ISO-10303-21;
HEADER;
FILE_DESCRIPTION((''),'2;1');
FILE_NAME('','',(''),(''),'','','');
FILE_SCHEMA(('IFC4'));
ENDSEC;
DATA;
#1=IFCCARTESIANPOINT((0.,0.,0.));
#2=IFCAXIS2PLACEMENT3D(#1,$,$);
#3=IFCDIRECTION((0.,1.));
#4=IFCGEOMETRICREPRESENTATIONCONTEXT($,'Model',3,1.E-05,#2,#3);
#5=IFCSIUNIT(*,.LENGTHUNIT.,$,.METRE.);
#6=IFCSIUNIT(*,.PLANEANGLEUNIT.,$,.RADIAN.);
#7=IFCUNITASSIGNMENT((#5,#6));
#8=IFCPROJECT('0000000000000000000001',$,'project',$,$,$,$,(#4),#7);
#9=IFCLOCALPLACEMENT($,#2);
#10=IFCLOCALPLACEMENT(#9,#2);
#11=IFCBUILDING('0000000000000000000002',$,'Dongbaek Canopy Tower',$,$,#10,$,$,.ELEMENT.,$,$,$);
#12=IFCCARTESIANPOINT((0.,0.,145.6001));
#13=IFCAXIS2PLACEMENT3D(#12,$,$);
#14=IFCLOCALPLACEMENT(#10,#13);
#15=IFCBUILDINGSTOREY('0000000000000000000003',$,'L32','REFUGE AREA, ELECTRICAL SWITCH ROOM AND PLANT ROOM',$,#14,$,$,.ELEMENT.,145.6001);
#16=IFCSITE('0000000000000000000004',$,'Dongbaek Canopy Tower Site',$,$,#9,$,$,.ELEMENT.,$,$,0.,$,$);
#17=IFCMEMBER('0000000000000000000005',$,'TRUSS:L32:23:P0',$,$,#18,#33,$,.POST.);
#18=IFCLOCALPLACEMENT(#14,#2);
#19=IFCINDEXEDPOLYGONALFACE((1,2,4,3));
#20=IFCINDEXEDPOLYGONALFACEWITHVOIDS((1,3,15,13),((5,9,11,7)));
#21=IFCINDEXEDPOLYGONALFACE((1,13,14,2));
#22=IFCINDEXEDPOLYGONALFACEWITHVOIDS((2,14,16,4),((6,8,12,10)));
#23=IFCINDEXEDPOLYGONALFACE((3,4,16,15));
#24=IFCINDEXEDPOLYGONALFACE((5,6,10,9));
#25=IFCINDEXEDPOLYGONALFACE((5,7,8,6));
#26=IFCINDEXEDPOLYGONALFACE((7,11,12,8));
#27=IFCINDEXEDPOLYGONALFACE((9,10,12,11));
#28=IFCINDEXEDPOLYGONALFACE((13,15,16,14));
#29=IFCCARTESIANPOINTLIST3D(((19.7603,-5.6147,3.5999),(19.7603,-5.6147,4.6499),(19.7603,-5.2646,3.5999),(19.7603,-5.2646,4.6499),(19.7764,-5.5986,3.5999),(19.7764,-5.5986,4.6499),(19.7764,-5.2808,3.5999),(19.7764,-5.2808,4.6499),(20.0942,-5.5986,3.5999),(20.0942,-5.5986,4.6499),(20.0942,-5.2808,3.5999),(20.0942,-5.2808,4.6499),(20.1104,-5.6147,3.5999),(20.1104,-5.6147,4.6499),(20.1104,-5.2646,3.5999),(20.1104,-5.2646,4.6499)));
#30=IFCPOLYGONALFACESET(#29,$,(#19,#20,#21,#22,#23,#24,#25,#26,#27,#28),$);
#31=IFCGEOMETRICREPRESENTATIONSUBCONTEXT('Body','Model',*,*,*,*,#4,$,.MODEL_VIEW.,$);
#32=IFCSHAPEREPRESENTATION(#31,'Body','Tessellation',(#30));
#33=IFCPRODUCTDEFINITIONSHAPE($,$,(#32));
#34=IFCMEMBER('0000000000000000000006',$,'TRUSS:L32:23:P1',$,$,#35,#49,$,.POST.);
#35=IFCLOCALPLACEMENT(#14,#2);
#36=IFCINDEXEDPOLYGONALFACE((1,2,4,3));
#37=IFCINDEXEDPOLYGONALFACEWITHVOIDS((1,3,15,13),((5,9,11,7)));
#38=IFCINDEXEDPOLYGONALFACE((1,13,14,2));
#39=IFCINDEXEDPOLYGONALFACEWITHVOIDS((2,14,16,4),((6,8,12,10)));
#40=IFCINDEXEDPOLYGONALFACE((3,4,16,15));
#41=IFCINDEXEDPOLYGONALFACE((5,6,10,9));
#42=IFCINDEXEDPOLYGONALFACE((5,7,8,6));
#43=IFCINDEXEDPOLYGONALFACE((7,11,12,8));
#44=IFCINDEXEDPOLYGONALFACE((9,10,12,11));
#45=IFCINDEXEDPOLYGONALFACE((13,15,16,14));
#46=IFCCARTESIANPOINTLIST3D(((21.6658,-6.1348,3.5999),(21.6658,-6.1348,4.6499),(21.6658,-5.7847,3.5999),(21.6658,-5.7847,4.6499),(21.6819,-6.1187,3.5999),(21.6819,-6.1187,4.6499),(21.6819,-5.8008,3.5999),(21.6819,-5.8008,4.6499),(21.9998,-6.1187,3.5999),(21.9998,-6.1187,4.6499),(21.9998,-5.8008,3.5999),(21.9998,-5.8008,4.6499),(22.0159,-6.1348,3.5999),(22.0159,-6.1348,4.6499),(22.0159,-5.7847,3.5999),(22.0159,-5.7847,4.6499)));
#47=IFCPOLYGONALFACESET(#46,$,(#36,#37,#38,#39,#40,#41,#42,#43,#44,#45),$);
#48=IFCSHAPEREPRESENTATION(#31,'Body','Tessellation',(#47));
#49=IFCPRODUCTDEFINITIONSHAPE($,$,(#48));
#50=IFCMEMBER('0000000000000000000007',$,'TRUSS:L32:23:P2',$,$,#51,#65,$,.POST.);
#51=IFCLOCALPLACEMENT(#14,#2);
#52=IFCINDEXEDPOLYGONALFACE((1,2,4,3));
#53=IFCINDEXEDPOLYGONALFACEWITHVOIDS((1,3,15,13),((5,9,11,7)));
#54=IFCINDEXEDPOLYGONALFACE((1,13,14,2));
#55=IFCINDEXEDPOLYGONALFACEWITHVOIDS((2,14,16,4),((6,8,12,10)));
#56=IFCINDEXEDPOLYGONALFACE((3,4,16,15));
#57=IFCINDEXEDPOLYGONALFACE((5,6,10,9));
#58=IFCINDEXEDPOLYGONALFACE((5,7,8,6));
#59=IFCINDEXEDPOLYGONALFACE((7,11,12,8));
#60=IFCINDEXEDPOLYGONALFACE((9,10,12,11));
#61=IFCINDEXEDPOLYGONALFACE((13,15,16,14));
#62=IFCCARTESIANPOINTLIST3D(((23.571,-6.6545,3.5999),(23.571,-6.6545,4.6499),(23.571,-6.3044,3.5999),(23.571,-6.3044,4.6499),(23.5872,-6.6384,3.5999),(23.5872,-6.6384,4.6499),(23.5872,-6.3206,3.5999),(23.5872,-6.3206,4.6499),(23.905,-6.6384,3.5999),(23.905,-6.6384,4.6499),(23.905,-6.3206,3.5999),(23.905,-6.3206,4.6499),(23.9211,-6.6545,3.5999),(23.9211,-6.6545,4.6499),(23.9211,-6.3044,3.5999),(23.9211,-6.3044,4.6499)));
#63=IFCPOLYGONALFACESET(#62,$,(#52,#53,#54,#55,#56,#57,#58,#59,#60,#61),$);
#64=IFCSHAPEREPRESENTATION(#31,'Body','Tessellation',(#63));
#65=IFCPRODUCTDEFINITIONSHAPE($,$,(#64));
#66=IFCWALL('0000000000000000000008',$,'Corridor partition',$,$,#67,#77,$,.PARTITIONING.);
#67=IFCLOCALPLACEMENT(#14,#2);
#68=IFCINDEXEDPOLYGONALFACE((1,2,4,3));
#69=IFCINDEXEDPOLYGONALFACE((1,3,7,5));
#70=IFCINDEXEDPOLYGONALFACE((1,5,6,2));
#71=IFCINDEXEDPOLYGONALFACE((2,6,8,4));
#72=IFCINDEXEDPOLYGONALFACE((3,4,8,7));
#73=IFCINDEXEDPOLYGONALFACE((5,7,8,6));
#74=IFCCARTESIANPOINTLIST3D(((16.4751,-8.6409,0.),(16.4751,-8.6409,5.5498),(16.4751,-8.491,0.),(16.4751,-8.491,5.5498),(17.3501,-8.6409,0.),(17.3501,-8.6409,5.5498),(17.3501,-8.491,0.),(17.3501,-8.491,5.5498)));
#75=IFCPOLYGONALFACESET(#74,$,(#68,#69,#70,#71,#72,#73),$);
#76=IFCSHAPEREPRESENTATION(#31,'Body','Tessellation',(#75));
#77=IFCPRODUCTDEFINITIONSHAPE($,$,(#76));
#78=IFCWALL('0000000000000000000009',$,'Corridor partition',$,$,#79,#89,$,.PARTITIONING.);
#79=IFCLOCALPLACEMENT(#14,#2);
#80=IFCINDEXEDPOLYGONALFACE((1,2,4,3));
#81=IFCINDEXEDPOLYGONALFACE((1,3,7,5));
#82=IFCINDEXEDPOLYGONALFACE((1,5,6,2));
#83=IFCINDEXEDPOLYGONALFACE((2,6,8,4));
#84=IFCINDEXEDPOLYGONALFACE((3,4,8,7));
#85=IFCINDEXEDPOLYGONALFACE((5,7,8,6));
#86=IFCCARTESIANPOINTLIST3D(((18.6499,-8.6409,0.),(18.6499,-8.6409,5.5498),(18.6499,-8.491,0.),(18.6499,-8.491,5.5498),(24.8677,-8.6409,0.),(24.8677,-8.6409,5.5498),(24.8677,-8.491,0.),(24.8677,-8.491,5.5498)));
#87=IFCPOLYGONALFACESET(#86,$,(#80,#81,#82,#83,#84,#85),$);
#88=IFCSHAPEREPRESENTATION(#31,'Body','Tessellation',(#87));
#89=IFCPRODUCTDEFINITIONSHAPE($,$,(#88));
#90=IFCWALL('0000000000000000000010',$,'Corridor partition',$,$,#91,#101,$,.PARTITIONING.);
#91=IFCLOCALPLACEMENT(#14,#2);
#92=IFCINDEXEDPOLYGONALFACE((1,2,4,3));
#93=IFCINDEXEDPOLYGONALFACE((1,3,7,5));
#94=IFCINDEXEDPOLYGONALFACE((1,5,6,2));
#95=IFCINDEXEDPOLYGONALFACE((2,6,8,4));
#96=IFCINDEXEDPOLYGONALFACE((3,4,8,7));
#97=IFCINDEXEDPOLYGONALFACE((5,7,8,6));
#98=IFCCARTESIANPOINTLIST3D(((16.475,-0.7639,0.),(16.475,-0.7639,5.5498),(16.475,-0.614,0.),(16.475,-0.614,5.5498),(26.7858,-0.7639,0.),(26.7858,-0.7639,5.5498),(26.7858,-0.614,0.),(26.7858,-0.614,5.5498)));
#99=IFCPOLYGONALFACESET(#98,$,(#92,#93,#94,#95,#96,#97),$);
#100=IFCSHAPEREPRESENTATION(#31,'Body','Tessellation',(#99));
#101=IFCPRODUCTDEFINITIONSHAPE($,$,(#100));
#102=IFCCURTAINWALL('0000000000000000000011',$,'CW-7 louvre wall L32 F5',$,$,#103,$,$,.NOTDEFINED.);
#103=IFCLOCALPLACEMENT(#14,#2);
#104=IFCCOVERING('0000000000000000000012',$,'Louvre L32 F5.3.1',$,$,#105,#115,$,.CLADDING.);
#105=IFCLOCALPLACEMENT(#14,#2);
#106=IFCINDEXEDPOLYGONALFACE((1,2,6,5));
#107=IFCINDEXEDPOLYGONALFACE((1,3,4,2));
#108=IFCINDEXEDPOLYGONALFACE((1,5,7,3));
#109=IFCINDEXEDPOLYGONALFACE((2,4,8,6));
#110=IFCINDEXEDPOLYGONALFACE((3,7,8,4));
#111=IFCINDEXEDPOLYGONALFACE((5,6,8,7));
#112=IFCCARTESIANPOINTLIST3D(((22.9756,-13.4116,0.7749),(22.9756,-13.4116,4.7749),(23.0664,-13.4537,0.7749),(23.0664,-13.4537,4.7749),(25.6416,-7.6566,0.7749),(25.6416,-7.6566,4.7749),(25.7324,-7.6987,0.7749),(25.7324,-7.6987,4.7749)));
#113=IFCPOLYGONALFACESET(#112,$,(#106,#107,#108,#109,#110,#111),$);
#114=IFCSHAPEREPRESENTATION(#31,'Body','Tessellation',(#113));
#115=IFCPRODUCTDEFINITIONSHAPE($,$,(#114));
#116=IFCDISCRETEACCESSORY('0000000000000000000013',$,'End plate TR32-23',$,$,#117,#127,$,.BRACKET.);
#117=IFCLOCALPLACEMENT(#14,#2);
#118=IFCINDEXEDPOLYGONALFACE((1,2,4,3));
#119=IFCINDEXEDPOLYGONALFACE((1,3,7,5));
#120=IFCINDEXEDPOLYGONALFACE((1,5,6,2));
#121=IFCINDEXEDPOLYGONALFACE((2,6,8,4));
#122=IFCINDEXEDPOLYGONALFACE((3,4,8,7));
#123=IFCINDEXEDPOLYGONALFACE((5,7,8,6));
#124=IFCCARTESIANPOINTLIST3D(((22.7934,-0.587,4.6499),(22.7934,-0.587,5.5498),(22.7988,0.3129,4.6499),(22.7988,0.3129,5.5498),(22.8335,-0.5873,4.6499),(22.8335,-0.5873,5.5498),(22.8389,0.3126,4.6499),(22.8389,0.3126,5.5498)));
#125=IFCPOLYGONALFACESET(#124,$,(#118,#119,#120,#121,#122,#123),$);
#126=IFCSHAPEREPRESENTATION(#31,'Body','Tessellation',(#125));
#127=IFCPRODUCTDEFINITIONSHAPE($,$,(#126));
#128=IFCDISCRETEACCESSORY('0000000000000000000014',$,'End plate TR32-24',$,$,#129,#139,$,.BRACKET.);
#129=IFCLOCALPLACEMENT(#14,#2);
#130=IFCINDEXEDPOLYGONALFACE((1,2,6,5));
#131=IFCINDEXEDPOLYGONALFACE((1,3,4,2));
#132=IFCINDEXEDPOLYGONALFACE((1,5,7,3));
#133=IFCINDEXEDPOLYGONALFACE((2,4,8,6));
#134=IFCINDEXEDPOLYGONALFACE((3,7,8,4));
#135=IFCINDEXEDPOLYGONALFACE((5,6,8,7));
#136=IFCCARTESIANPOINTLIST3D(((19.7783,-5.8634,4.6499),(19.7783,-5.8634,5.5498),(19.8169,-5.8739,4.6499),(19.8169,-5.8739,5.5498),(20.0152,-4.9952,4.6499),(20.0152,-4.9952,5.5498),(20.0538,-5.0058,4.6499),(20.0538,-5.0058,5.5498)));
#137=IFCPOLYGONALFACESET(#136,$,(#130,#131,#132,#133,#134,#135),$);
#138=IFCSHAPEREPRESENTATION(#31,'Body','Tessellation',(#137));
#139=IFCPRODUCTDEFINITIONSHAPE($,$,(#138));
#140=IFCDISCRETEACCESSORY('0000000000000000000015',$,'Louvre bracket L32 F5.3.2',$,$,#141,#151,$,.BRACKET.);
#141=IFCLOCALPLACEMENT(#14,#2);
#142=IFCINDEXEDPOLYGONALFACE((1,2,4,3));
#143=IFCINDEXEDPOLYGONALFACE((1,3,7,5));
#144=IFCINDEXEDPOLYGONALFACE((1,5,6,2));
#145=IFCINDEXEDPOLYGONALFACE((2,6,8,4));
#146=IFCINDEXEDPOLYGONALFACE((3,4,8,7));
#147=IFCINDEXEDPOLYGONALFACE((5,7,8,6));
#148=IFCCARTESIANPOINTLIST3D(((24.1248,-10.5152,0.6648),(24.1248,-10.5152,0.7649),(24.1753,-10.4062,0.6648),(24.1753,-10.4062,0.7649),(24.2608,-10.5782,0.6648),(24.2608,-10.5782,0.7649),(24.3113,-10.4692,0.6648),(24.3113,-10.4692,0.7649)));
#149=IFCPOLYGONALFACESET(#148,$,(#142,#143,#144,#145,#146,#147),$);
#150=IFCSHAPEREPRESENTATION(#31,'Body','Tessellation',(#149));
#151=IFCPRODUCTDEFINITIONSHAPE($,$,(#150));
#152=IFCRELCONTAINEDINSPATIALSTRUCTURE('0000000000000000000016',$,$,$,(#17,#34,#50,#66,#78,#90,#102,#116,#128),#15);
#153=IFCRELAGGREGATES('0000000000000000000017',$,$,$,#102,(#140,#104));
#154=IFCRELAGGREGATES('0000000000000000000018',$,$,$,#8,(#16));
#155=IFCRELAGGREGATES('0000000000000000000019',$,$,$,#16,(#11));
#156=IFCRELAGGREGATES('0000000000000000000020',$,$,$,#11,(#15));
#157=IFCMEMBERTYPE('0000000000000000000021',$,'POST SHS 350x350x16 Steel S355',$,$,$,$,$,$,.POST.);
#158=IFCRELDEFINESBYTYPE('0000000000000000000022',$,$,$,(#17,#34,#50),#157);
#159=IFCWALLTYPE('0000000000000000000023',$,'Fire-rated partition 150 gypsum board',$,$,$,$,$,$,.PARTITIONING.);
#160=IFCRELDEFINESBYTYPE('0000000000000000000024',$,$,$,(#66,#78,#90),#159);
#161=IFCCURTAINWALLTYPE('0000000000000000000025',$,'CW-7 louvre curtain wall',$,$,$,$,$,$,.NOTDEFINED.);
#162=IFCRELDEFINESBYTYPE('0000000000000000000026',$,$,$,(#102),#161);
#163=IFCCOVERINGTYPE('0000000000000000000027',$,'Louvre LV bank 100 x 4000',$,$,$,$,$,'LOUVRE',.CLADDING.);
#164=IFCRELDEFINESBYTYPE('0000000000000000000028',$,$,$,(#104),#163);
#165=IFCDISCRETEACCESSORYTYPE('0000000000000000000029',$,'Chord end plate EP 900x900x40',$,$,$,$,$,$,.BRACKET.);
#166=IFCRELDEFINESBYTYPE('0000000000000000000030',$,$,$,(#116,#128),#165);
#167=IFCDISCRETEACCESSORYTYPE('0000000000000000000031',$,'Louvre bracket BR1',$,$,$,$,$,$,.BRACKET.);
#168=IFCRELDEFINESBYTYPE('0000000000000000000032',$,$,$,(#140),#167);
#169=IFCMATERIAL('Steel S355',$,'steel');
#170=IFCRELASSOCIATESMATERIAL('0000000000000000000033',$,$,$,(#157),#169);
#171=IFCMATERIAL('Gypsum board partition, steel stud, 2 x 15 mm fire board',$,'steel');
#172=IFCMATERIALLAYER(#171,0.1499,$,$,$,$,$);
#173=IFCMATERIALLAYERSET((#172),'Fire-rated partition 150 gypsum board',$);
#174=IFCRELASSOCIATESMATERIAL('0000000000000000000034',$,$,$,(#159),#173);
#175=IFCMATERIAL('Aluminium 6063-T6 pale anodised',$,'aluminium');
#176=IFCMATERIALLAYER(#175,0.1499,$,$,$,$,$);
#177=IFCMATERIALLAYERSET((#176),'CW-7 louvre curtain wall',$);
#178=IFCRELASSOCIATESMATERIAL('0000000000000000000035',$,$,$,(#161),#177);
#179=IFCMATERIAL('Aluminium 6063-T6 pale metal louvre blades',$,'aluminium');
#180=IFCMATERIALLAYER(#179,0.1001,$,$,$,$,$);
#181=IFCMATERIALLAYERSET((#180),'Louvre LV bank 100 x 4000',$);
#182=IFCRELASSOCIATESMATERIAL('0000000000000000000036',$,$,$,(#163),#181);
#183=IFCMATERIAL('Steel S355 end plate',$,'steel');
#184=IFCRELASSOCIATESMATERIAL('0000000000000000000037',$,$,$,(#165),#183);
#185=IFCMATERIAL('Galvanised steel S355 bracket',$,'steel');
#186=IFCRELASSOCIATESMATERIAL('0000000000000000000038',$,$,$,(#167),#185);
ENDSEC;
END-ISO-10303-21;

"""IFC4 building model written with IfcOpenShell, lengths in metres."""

from ifc_helpers import new_model, si_unit, direction, frame, frame_2d, origin, origin_2d, place, context, subcontext, project, spatial, rectangle, hollow_rectangle, extrude, material, layer, layer_set, material_profile, profile_set, type_object, element, aggregate, save


model = new_model("IFC4")

# Units and contexts
model_context = context("Model", 3, precision=1e-05, world=origin(), true_north=direction((0.0, 1.0)))
body_context = subcontext(model_context, "Body", "Model", "MODEL_VIEW")
ifc_project = project(units=[si_unit("LENGTHUNIT", "METRE"), si_unit("PLANEANGLEUNIT", "RADIAN")], contexts=[model_context])

# Site, building, storey
site_placement = place(None, origin())
site = spatial("IfcSite", under=ifc_project, at=site_placement, Name="Dongbaek Canopy Tower Site", CompositionType="ELEMENT", RefElevation=0.0)
building_placement = place(site_placement, origin())
building = spatial("IfcBuilding", under=site, at=building_placement, Name="Dongbaek Canopy Tower", CompositionType="ELEMENT")
storey_placement = place(building_placement, frame((0.0, 0.0, 145.6001)))
storey = spatial("IfcBuildingStorey", under=building, at=storey_placement, Name="L32", Description="REFUGE AREA, ELECTRICAL SWITCH ROOM AND PLANT ROOM", CompositionType="ELEMENT", Elevation=145.6001)

# Members
ifc_material_1 = material(Name="Steel S355", Category="steel")
ifc_material_profile_1 = material_profile(ifc_material_1, hollow_rectangle(XDim=0.3501, YDim=0.3501, WallThickness=0.0161, at=origin_2d()), Name="POST SHS 350x350x16 Steel S355")
ifc_profile_set_1 = profile_set([ifc_material_profile_1], Name="Steel S355")
member_type_1 = type_object("IfcMemberType", Name="POST SHS 350x350x16 Steel S355", PredefinedType="POST", material=ifc_profile_set_1)
for number, where, z_axis, x_axis, name in (
    (1, (19.9353, -5.4397, 3.5999), (0.0, 0.0, 1.0), (1.0, 0.0, 0.0), "TRUSS:L32:23:P0"),
    (2, (21.8408, -5.9597, 3.5999), (0.0, 0.0, 1.0), (1.0, 0.0, 0.0), "TRUSS:L32:23:P1"),
    (3, (23.7461, -6.4795, 3.5999), (0.0, 0.0, 1.0), (1.0, 0.0, 0.0), "TRUSS:L32:23:P2"),
):
    element("IfcMember", number, at=place(storey_placement, frame(where, z_axis=z_axis, x_axis=x_axis)), inside=storey, type_object=member_type_1, Name=name, PredefinedType="POST", context=body_context, shape_type="SweptSolid", body=[
        extrude(hollow_rectangle(XDim=0.3501, YDim=0.3501, WallThickness=0.0161, at=origin_2d()), origin(), (0.0, 0.0, 1.0), 1.05),
    ])

# Walls
ifc_material_2 = material(Name="Gypsum board partition, steel stud, 2 x 15 mm fire board", Category="steel")
ifc_layer_1 = layer(ifc_material_2, 0.1499)
ifc_layer_set_1 = layer_set([ifc_layer_1], Name="Fire-rated partition 150 gypsum board")
wall_type = type_object("IfcWallType", Name="Fire-rated partition 150 gypsum board", PredefinedType="PARTITIONING", material=ifc_layer_set_1)
wall_1_placement = place(storey_placement, frame((16.4751, -8.5659, 0.0), z_axis=(0.0, 0.0, 1.0), x_axis=(1.0, 0.0, 0.0)))
element("IfcWall", 4, at=wall_1_placement, inside=storey, type_object=wall_type, Name="Corridor partition", PredefinedType="PARTITIONING", context=body_context, shape_type="SweptSolid", body=[
    extrude(rectangle(XDim=0.875, YDim=0.1499, at=frame_2d((0.4375, 0.0))), origin(), (0.0, 0.0, 1.0), 5.5498),
])
wall_2_placement = place(storey_placement, frame((18.6499, -8.5659, 0.0), z_axis=(0.0, 0.0, 1.0), x_axis=(1.0, 0.0, 0.0)))
element("IfcWall", 5, at=wall_2_placement, inside=storey, type_object=wall_type, Name="Corridor partition", PredefinedType="PARTITIONING", context=body_context, shape_type="SweptSolid", body=[
    extrude(rectangle(XDim=6.2178, YDim=0.1499, at=frame_2d((3.1089, 0.0))), origin(), (0.0, 0.0, 1.0), 5.5498),
])
wall_3_placement = place(storey_placement, frame((16.4751, -0.689, 0.0), z_axis=(0.0, 0.0, 1.0), x_axis=(1.0, 0.0, 0.0)))
element("IfcWall", 6, at=wall_3_placement, inside=storey, type_object=wall_type, Name="Corridor partition", PredefinedType="PARTITIONING", context=body_context, shape_type="SweptSolid", body=[
    extrude(rectangle(XDim=10.3108, YDim=0.1499, at=frame_2d((5.1553, 0.0))), origin(), (0.0, 0.0, 1.0), 5.5498),
])

# Curtain wall, covering
ifc_material_3 = material(Name="Aluminium 6063-T6 pale anodised", Category="aluminium")
ifc_layer_2 = layer(ifc_material_3, 0.1499)
ifc_layer_set_2 = layer_set([ifc_layer_2], Name="CW-7 louvre curtain wall")
curtain_wall_type = type_object("IfcCurtainWallType", Name="CW-7 louvre curtain wall", PredefinedType="NOTDEFINED", material=ifc_layer_set_2)
curtain_wall_placement = place(storey_placement, origin())
curtain_wall = element("IfcCurtainWall", 7, at=curtain_wall_placement, inside=storey, type_object=curtain_wall_type, Name="CW-7 louvre wall L32 F5", PredefinedType="NOTDEFINED")
ifc_material_4 = material(Name="Aluminium 6063-T6 pale metal louvre blades", Category="aluminium")
ifc_layer_3 = layer(ifc_material_4, 0.1001)
ifc_layer_set_3 = layer_set([ifc_layer_3], Name="Louvre LV bank 100 x 4000")
covering_type = type_object("IfcCoveringType", Name="Louvre LV bank 100 x 4000", ElementType="LOUVRE", PredefinedType="CLADDING", material=ifc_layer_set_3)
covering_placement = place(storey_placement, frame((24.354, -10.5552, 0.7749), z_axis=(0.0, 0.0, 1.0), x_axis=(0.420334, 0.907369, 0.0)))
covering = element("IfcCovering", 8, at=covering_placement, type_object=covering_type, Name="Louvre L32 F5.3.1", PredefinedType="CLADDING", context=body_context, shape_type="SweptSolid", body=[
    extrude(rectangle(XDim=6.3425, YDim=0.1001, at=origin_2d()), origin(), (0.0, 0.0, 1.0), 4.0),
])

# Discrete accessories
ifc_material_5 = material(Name="Steel S355 end plate", Category="steel")
discrete_accessory_type_1 = type_object("IfcDiscreteAccessoryType", Name="Chord end plate EP 900x900x40", PredefinedType="BRACKET", material=ifc_material_5)
for number, where, z_axis, x_axis, name in (
    (9, (22.8162, -0.1372, 4.6499), (0.0, 0.0, 1.0), (0.999982, -0.006014, 0.0), "End plate TR32-23"),
    (10, (19.916, -5.4346, 4.6499), (0.0, 0.0, 1.0), (0.964728, -0.263248, 0.0), "End plate TR32-24"),
):
    element("IfcDiscreteAccessory", number, at=place(storey_placement, frame(where, z_axis=z_axis, x_axis=x_axis)), inside=storey, type_object=discrete_accessory_type_1, Name=name, PredefinedType="BRACKET", context=body_context, shape_type="SweptSolid", body=[
        extrude(rectangle(XDim=0.04, YDim=0.8999, at=origin_2d()), origin(), (0.0, 0.0, 1.0), 0.8999),
    ])

# Discrete accessory
ifc_material_6 = material(Name="Galvanised steel S355 bracket", Category="steel")
discrete_accessory_type_2 = type_object("IfcDiscreteAccessoryType", Name="Louvre bracket BR1", PredefinedType="BRACKET", material=ifc_material_6)
discrete_accessory_placement = place(storey_placement, frame((24.218, -10.4922, 0.6648), z_axis=(0.0, 0.0, 1.0), x_axis=(0.420334, 0.907369, 0.0)))
discrete_accessory = element("IfcDiscreteAccessory", 11, at=discrete_accessory_placement, type_object=discrete_accessory_type_2, Name="Louvre bracket L32 F5.3.2", PredefinedType="BRACKET", context=body_context, shape_type="SweptSolid", body=[
    extrude(rectangle(XDim=0.1201, YDim=0.1499, at=origin_2d()), origin(), (0.0, 0.0, 1.0), 0.1001),
])
aggregate(curtain_wall, [discrete_accessory, covering])

save(model, "model.ifc")
